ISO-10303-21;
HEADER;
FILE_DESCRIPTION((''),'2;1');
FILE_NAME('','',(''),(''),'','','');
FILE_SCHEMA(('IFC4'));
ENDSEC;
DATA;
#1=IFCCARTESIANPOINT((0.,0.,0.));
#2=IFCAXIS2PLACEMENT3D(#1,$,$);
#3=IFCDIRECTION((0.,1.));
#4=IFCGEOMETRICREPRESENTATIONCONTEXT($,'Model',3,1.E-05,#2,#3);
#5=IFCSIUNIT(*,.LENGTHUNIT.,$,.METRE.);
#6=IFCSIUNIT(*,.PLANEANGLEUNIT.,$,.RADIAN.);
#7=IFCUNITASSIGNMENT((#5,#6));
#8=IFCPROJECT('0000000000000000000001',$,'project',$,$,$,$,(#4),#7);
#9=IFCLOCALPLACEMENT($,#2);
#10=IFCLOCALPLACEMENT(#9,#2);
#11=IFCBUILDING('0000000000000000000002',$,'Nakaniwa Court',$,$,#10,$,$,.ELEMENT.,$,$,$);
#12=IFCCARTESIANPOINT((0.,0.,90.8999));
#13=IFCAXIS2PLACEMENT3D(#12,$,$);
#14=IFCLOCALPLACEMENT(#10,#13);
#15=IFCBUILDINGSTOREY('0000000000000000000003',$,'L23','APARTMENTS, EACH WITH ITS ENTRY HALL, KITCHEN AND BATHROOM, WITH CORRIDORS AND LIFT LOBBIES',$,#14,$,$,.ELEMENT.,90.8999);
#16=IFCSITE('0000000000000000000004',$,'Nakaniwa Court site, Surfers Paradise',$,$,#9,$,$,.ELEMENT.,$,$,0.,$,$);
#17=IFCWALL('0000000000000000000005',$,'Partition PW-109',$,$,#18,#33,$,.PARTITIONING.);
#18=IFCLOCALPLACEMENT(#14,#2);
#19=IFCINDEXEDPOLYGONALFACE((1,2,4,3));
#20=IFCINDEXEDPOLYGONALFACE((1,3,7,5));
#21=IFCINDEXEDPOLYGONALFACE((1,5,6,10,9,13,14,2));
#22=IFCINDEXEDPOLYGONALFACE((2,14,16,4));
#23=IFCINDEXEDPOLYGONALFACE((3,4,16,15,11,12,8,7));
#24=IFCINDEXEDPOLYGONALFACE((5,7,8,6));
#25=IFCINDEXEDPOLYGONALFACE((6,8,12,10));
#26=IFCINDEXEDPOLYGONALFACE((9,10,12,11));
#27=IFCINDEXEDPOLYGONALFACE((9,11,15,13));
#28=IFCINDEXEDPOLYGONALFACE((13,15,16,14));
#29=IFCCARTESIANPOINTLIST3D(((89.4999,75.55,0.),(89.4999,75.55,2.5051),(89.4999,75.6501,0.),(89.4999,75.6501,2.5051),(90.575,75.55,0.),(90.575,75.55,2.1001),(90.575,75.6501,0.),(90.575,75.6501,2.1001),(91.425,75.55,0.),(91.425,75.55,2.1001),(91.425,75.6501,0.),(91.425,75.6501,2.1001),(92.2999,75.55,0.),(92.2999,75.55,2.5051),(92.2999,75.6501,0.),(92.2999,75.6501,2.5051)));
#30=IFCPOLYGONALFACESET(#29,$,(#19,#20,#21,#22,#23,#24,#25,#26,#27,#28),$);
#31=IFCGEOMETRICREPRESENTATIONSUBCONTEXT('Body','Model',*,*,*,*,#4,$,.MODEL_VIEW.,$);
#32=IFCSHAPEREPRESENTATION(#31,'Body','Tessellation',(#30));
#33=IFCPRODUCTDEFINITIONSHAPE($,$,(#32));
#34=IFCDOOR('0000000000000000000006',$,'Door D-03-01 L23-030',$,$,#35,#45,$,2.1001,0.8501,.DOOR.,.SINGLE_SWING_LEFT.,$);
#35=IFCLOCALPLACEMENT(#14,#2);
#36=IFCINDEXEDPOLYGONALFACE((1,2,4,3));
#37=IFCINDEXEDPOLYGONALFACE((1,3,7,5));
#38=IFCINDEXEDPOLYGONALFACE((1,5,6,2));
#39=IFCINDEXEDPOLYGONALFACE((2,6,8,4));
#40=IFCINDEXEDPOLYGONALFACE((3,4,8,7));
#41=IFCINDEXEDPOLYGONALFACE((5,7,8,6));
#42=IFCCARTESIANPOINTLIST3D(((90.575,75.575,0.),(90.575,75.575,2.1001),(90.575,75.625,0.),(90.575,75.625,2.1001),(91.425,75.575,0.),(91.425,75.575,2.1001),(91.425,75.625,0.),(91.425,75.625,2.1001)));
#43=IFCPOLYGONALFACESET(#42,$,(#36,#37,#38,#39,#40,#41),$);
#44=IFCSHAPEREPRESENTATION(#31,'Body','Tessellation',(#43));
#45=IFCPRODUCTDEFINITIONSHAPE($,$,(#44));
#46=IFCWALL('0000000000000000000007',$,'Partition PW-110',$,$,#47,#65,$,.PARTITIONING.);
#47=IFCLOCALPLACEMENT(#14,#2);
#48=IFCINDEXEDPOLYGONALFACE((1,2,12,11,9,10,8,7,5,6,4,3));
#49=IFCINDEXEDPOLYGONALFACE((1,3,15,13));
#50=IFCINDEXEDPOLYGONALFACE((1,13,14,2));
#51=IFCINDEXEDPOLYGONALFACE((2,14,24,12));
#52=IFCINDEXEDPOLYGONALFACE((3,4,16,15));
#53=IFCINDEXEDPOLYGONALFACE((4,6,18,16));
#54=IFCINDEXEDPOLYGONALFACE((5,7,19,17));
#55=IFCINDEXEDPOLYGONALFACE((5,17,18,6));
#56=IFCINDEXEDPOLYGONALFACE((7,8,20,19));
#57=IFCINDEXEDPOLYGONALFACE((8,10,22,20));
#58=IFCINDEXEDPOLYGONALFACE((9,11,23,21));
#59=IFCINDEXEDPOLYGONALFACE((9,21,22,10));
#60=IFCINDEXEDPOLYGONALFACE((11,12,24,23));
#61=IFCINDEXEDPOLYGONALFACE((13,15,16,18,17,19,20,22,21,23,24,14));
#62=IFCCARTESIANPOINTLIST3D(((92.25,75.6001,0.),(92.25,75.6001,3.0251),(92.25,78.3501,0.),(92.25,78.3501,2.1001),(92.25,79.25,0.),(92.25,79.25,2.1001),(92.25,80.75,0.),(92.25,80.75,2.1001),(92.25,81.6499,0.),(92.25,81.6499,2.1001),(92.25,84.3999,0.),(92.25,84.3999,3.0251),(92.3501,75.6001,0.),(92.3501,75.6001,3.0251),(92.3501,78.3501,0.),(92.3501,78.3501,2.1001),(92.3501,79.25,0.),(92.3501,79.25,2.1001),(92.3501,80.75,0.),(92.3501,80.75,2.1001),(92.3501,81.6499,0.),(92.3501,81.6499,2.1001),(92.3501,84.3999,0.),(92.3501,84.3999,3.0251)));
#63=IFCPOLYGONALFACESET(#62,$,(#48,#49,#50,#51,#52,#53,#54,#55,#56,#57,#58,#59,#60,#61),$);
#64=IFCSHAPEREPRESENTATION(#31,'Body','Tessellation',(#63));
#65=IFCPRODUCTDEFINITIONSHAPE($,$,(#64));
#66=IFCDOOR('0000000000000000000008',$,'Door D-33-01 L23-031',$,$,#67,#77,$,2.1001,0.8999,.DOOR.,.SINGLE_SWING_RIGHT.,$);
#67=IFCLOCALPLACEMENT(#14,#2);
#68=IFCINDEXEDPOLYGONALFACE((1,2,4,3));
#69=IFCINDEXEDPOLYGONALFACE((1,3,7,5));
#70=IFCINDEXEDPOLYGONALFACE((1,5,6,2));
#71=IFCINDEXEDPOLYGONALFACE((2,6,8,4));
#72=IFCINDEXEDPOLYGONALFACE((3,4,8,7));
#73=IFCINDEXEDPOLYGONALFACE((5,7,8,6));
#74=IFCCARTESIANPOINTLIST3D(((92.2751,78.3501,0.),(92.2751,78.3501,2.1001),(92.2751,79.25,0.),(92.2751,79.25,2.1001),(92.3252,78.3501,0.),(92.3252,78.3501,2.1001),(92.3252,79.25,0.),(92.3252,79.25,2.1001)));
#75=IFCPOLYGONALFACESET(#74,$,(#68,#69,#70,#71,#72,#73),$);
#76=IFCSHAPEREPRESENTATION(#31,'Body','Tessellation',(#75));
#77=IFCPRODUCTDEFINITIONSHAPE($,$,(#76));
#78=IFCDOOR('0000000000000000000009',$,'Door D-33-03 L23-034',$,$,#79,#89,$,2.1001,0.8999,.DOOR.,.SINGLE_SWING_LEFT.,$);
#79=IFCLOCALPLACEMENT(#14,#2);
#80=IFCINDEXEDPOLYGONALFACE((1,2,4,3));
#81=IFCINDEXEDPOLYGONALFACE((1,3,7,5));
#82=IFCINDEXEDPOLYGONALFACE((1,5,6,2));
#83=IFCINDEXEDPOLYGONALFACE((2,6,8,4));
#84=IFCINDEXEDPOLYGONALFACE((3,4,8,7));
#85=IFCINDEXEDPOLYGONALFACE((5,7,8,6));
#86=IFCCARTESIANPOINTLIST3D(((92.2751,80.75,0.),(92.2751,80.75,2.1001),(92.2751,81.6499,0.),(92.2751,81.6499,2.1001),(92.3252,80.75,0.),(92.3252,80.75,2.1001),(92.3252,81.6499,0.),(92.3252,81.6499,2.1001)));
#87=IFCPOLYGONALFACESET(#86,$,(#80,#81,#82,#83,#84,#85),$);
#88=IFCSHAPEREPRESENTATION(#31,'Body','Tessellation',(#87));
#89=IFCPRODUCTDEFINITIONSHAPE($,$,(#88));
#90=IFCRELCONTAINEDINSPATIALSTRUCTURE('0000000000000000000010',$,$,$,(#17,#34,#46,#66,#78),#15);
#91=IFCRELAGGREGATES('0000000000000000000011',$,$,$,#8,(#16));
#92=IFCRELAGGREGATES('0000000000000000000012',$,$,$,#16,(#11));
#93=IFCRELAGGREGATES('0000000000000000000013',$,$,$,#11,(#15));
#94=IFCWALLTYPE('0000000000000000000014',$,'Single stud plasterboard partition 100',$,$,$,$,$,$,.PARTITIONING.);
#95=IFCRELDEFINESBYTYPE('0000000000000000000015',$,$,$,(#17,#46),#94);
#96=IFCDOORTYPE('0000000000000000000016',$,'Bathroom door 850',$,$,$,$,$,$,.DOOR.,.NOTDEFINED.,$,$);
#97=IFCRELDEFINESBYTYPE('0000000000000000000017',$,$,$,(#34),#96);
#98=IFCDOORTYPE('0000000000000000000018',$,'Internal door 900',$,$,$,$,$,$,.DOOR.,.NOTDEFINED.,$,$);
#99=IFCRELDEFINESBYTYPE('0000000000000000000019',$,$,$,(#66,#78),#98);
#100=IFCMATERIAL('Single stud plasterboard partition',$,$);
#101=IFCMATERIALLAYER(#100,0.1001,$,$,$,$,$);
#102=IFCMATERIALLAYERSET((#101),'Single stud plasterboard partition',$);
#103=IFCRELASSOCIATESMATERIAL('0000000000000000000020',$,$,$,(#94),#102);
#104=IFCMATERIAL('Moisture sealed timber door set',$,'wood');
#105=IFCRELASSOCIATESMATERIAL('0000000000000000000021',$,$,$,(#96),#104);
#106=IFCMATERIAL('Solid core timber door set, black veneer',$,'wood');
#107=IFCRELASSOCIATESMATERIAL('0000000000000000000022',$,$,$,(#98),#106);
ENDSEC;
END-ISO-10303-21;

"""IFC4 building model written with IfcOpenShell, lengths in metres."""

from ifc_helpers import new_model, si_unit, direction, frame, frame_2d, origin, place, context, subcontext, project, spatial, rectangle, extrude, material, layer, layer_set, type_object, element, fill, save


model = new_model("IFC4")

# Units and contexts
model_context = context("Model", 3, precision=1e-05, world=origin(), true_north=direction((0.0, 1.0)))
body_context = subcontext(model_context, "Body", "Model", "MODEL_VIEW")
ifc_project = project(units=[si_unit("LENGTHUNIT", "METRE"), si_unit("PLANEANGLEUNIT", "RADIAN")], contexts=[model_context])

# Site, building, storey
site_placement = place(None, origin())
site = spatial("IfcSite", under=ifc_project, at=site_placement, Name="Nakaniwa Court site, Surfers Paradise", CompositionType="ELEMENT", RefElevation=0.0)
building_placement = place(site_placement, origin())
building = spatial("IfcBuilding", under=site, at=building_placement, Name="Nakaniwa Court", CompositionType="ELEMENT")
storey_placement = place(building_placement, frame((0.0, 0.0, 90.8999)))
storey = spatial("IfcBuildingStorey", under=building, at=storey_placement, Name="L23", Description="APARTMENTS, EACH WITH ITS ENTRY HALL, KITCHEN AND BATHROOM, WITH CORRIDORS AND LIFT LOBBIES", CompositionType="ELEMENT", Elevation=90.8999)

# Shared definitions
ifc_material_1 = material(Name="Solid core timber door set, black veneer", Category="wood")

# Shared definitions
ifc_material_2 = material(Name="Single stud plasterboard partition")
ifc_layer_1 = layer(ifc_material_2, 0.1001)
ifc_layer_set_1 = layer_set([ifc_layer_1], Name="Single stud plasterboard partition")
wall_type_1 = type_object("IfcWallType", Name="Single stud plasterboard partition 100", PredefinedType="PARTITIONING", material=ifc_layer_set_1)

# Wall, opening, door
wall_1_placement = place(storey_placement, frame((89.5, 75.6001, 0.0), z_axis=(0.0, 0.0, 1.0), x_axis=(1.0, 0.0, 0.0)))
wall_1 = element("IfcWall", 1, at=wall_1_placement, inside=storey, type_object=wall_type_1, Name="Partition PW-109", PredefinedType="PARTITIONING", context=body_context, shape_type="SweptSolid", body=[
    extrude(rectangle(XDim=2.8, YDim=0.1001, at=frame_2d((1.3999, 0.0))), origin(), (0.0, 0.0, 1.0), 2.5051),
])
opening_1_placement = place(wall_1_placement, frame((1.075, 0.0, 0.0)))
opening_1 = element("IfcOpeningElement", 2, at=opening_1_placement, cuts=wall_1, PredefinedType="OPENING", context=body_context, shape_type="SweptSolid", body=[
    extrude(rectangle(XDim=0.8501, YDim=2.1001, at=frame_2d((0.425, 1.05))), frame((0.0, 0.0601, 0.0), z_axis=(0.0, -1.0, 0.0), x_axis=(1.0, 0.0, 0.0)), (0.0, 0.0, 1.0), 0.1201),
])
ifc_material_3 = material(Name="Moisture sealed timber door set", Category="wood")
door_type_1 = type_object("IfcDoorType", Name="Bathroom door 850", OperationType="NOTDEFINED", PredefinedType="DOOR", material=ifc_material_3)
door_1_placement = place(opening_1_placement, origin())
door_1 = element("IfcDoor", 3, at=door_1_placement, inside=storey, type_object=door_type_1, Name="Door D-03-01 L23-030", OperationType="SINGLE_SWING_LEFT", OverallHeight=2.1001, OverallWidth=0.8501, PredefinedType="DOOR", context=body_context, shape_type="SweptSolid", body=[
    extrude(rectangle(XDim=0.8501, YDim=2.1001, at=frame_2d((0.425, 1.05))), frame((0.0, 0.0249, 0.0), z_axis=(0.0, -1.0, 0.0), x_axis=(1.0, 0.0, 0.0)), (0.0, 0.0, 1.0), 0.05),
])
fill(opening_1, door_1)

# Wall, openings, doors
wall_2_placement = place(storey_placement, frame((92.3, 75.6001, 0.0), z_axis=(0.0, 0.0, 1.0), x_axis=(0.0, 1.0, 0.0)))
wall_2 = element("IfcWall", 4, at=wall_2_placement, inside=storey, type_object=wall_type_1, Name="Partition PW-110", PredefinedType="PARTITIONING", context=body_context, shape_type="SweptSolid", body=[
    extrude(rectangle(XDim=8.7998, YDim=0.1001, at=frame_2d((4.3999, 0.0))), origin(), (0.0, 0.0, 1.0), 3.0251),
])
opening_2_placement = place(wall_2_placement, frame((2.75, 0.0, 0.0)))
opening_2 = element("IfcOpeningElement", 5, at=opening_2_placement, cuts=wall_2, PredefinedType="OPENING", context=body_context, shape_type="SweptSolid", body=[
    extrude(rectangle(XDim=0.8999, YDim=2.1001, at=frame_2d((0.45, 1.05))), frame((0.0, 0.0601, 0.0), z_axis=(0.0, -1.0, 0.0), x_axis=(1.0, 0.0, 0.0)), (0.0, 0.0, 1.0), 0.1201),
])
opening_3_placement = place(wall_2_placement, frame((5.1499, 0.0, 0.0)))
opening_3 = element("IfcOpeningElement", 6, at=opening_3_placement, cuts=wall_2, PredefinedType="OPENING", context=body_context, shape_type="SweptSolid", body=[
    extrude(rectangle(XDim=0.8999, YDim=2.1001, at=frame_2d((0.45, 1.05))), frame((0.0, 0.0601, 0.0), z_axis=(0.0, -1.0, 0.0), x_axis=(1.0, 0.0, 0.0)), (0.0, 0.0, 1.0), 0.1201),
])
door_type_2 = type_object("IfcDoorType", Name="Internal door 900", OperationType="NOTDEFINED", PredefinedType="DOOR", material=ifc_material_1)
door_2_placement = place(opening_2_placement, origin())
door_2 = element("IfcDoor", 7, at=door_2_placement, inside=storey, type_object=door_type_2, Name="Door D-33-01 L23-031", OperationType="SINGLE_SWING_RIGHT", OverallHeight=2.1001, OverallWidth=0.8999, PredefinedType="DOOR", context=body_context, shape_type="SweptSolid", body=[
    extrude(rectangle(XDim=0.8999, YDim=2.1001, at=frame_2d((0.45, 1.05))), frame((0.0, 0.0249, 0.0), z_axis=(0.0, -1.0, 0.0), x_axis=(1.0, 0.0, 0.0)), (0.0, 0.0, 1.0), 0.05),
])
fill(opening_2, door_2)
door_3_placement = place(opening_3_placement, origin())
door_3 = element("IfcDoor", 8, at=door_3_placement, inside=storey, type_object=door_type_2, Name="Door D-33-03 L23-034", OperationType="SINGLE_SWING_LEFT", OverallHeight=2.1001, OverallWidth=0.8999, PredefinedType="DOOR", context=body_context, shape_type="SweptSolid", body=[
    extrude(rectangle(XDim=0.8999, YDim=2.1001, at=frame_2d((0.45, 1.05))), frame((0.0, 0.0249, 0.0), z_axis=(0.0, -1.0, 0.0), x_axis=(1.0, 0.0, 0.0)), (0.0, 0.0, 1.0), 0.05),
])
fill(opening_3, door_3)

save(model, "model.ifc")
